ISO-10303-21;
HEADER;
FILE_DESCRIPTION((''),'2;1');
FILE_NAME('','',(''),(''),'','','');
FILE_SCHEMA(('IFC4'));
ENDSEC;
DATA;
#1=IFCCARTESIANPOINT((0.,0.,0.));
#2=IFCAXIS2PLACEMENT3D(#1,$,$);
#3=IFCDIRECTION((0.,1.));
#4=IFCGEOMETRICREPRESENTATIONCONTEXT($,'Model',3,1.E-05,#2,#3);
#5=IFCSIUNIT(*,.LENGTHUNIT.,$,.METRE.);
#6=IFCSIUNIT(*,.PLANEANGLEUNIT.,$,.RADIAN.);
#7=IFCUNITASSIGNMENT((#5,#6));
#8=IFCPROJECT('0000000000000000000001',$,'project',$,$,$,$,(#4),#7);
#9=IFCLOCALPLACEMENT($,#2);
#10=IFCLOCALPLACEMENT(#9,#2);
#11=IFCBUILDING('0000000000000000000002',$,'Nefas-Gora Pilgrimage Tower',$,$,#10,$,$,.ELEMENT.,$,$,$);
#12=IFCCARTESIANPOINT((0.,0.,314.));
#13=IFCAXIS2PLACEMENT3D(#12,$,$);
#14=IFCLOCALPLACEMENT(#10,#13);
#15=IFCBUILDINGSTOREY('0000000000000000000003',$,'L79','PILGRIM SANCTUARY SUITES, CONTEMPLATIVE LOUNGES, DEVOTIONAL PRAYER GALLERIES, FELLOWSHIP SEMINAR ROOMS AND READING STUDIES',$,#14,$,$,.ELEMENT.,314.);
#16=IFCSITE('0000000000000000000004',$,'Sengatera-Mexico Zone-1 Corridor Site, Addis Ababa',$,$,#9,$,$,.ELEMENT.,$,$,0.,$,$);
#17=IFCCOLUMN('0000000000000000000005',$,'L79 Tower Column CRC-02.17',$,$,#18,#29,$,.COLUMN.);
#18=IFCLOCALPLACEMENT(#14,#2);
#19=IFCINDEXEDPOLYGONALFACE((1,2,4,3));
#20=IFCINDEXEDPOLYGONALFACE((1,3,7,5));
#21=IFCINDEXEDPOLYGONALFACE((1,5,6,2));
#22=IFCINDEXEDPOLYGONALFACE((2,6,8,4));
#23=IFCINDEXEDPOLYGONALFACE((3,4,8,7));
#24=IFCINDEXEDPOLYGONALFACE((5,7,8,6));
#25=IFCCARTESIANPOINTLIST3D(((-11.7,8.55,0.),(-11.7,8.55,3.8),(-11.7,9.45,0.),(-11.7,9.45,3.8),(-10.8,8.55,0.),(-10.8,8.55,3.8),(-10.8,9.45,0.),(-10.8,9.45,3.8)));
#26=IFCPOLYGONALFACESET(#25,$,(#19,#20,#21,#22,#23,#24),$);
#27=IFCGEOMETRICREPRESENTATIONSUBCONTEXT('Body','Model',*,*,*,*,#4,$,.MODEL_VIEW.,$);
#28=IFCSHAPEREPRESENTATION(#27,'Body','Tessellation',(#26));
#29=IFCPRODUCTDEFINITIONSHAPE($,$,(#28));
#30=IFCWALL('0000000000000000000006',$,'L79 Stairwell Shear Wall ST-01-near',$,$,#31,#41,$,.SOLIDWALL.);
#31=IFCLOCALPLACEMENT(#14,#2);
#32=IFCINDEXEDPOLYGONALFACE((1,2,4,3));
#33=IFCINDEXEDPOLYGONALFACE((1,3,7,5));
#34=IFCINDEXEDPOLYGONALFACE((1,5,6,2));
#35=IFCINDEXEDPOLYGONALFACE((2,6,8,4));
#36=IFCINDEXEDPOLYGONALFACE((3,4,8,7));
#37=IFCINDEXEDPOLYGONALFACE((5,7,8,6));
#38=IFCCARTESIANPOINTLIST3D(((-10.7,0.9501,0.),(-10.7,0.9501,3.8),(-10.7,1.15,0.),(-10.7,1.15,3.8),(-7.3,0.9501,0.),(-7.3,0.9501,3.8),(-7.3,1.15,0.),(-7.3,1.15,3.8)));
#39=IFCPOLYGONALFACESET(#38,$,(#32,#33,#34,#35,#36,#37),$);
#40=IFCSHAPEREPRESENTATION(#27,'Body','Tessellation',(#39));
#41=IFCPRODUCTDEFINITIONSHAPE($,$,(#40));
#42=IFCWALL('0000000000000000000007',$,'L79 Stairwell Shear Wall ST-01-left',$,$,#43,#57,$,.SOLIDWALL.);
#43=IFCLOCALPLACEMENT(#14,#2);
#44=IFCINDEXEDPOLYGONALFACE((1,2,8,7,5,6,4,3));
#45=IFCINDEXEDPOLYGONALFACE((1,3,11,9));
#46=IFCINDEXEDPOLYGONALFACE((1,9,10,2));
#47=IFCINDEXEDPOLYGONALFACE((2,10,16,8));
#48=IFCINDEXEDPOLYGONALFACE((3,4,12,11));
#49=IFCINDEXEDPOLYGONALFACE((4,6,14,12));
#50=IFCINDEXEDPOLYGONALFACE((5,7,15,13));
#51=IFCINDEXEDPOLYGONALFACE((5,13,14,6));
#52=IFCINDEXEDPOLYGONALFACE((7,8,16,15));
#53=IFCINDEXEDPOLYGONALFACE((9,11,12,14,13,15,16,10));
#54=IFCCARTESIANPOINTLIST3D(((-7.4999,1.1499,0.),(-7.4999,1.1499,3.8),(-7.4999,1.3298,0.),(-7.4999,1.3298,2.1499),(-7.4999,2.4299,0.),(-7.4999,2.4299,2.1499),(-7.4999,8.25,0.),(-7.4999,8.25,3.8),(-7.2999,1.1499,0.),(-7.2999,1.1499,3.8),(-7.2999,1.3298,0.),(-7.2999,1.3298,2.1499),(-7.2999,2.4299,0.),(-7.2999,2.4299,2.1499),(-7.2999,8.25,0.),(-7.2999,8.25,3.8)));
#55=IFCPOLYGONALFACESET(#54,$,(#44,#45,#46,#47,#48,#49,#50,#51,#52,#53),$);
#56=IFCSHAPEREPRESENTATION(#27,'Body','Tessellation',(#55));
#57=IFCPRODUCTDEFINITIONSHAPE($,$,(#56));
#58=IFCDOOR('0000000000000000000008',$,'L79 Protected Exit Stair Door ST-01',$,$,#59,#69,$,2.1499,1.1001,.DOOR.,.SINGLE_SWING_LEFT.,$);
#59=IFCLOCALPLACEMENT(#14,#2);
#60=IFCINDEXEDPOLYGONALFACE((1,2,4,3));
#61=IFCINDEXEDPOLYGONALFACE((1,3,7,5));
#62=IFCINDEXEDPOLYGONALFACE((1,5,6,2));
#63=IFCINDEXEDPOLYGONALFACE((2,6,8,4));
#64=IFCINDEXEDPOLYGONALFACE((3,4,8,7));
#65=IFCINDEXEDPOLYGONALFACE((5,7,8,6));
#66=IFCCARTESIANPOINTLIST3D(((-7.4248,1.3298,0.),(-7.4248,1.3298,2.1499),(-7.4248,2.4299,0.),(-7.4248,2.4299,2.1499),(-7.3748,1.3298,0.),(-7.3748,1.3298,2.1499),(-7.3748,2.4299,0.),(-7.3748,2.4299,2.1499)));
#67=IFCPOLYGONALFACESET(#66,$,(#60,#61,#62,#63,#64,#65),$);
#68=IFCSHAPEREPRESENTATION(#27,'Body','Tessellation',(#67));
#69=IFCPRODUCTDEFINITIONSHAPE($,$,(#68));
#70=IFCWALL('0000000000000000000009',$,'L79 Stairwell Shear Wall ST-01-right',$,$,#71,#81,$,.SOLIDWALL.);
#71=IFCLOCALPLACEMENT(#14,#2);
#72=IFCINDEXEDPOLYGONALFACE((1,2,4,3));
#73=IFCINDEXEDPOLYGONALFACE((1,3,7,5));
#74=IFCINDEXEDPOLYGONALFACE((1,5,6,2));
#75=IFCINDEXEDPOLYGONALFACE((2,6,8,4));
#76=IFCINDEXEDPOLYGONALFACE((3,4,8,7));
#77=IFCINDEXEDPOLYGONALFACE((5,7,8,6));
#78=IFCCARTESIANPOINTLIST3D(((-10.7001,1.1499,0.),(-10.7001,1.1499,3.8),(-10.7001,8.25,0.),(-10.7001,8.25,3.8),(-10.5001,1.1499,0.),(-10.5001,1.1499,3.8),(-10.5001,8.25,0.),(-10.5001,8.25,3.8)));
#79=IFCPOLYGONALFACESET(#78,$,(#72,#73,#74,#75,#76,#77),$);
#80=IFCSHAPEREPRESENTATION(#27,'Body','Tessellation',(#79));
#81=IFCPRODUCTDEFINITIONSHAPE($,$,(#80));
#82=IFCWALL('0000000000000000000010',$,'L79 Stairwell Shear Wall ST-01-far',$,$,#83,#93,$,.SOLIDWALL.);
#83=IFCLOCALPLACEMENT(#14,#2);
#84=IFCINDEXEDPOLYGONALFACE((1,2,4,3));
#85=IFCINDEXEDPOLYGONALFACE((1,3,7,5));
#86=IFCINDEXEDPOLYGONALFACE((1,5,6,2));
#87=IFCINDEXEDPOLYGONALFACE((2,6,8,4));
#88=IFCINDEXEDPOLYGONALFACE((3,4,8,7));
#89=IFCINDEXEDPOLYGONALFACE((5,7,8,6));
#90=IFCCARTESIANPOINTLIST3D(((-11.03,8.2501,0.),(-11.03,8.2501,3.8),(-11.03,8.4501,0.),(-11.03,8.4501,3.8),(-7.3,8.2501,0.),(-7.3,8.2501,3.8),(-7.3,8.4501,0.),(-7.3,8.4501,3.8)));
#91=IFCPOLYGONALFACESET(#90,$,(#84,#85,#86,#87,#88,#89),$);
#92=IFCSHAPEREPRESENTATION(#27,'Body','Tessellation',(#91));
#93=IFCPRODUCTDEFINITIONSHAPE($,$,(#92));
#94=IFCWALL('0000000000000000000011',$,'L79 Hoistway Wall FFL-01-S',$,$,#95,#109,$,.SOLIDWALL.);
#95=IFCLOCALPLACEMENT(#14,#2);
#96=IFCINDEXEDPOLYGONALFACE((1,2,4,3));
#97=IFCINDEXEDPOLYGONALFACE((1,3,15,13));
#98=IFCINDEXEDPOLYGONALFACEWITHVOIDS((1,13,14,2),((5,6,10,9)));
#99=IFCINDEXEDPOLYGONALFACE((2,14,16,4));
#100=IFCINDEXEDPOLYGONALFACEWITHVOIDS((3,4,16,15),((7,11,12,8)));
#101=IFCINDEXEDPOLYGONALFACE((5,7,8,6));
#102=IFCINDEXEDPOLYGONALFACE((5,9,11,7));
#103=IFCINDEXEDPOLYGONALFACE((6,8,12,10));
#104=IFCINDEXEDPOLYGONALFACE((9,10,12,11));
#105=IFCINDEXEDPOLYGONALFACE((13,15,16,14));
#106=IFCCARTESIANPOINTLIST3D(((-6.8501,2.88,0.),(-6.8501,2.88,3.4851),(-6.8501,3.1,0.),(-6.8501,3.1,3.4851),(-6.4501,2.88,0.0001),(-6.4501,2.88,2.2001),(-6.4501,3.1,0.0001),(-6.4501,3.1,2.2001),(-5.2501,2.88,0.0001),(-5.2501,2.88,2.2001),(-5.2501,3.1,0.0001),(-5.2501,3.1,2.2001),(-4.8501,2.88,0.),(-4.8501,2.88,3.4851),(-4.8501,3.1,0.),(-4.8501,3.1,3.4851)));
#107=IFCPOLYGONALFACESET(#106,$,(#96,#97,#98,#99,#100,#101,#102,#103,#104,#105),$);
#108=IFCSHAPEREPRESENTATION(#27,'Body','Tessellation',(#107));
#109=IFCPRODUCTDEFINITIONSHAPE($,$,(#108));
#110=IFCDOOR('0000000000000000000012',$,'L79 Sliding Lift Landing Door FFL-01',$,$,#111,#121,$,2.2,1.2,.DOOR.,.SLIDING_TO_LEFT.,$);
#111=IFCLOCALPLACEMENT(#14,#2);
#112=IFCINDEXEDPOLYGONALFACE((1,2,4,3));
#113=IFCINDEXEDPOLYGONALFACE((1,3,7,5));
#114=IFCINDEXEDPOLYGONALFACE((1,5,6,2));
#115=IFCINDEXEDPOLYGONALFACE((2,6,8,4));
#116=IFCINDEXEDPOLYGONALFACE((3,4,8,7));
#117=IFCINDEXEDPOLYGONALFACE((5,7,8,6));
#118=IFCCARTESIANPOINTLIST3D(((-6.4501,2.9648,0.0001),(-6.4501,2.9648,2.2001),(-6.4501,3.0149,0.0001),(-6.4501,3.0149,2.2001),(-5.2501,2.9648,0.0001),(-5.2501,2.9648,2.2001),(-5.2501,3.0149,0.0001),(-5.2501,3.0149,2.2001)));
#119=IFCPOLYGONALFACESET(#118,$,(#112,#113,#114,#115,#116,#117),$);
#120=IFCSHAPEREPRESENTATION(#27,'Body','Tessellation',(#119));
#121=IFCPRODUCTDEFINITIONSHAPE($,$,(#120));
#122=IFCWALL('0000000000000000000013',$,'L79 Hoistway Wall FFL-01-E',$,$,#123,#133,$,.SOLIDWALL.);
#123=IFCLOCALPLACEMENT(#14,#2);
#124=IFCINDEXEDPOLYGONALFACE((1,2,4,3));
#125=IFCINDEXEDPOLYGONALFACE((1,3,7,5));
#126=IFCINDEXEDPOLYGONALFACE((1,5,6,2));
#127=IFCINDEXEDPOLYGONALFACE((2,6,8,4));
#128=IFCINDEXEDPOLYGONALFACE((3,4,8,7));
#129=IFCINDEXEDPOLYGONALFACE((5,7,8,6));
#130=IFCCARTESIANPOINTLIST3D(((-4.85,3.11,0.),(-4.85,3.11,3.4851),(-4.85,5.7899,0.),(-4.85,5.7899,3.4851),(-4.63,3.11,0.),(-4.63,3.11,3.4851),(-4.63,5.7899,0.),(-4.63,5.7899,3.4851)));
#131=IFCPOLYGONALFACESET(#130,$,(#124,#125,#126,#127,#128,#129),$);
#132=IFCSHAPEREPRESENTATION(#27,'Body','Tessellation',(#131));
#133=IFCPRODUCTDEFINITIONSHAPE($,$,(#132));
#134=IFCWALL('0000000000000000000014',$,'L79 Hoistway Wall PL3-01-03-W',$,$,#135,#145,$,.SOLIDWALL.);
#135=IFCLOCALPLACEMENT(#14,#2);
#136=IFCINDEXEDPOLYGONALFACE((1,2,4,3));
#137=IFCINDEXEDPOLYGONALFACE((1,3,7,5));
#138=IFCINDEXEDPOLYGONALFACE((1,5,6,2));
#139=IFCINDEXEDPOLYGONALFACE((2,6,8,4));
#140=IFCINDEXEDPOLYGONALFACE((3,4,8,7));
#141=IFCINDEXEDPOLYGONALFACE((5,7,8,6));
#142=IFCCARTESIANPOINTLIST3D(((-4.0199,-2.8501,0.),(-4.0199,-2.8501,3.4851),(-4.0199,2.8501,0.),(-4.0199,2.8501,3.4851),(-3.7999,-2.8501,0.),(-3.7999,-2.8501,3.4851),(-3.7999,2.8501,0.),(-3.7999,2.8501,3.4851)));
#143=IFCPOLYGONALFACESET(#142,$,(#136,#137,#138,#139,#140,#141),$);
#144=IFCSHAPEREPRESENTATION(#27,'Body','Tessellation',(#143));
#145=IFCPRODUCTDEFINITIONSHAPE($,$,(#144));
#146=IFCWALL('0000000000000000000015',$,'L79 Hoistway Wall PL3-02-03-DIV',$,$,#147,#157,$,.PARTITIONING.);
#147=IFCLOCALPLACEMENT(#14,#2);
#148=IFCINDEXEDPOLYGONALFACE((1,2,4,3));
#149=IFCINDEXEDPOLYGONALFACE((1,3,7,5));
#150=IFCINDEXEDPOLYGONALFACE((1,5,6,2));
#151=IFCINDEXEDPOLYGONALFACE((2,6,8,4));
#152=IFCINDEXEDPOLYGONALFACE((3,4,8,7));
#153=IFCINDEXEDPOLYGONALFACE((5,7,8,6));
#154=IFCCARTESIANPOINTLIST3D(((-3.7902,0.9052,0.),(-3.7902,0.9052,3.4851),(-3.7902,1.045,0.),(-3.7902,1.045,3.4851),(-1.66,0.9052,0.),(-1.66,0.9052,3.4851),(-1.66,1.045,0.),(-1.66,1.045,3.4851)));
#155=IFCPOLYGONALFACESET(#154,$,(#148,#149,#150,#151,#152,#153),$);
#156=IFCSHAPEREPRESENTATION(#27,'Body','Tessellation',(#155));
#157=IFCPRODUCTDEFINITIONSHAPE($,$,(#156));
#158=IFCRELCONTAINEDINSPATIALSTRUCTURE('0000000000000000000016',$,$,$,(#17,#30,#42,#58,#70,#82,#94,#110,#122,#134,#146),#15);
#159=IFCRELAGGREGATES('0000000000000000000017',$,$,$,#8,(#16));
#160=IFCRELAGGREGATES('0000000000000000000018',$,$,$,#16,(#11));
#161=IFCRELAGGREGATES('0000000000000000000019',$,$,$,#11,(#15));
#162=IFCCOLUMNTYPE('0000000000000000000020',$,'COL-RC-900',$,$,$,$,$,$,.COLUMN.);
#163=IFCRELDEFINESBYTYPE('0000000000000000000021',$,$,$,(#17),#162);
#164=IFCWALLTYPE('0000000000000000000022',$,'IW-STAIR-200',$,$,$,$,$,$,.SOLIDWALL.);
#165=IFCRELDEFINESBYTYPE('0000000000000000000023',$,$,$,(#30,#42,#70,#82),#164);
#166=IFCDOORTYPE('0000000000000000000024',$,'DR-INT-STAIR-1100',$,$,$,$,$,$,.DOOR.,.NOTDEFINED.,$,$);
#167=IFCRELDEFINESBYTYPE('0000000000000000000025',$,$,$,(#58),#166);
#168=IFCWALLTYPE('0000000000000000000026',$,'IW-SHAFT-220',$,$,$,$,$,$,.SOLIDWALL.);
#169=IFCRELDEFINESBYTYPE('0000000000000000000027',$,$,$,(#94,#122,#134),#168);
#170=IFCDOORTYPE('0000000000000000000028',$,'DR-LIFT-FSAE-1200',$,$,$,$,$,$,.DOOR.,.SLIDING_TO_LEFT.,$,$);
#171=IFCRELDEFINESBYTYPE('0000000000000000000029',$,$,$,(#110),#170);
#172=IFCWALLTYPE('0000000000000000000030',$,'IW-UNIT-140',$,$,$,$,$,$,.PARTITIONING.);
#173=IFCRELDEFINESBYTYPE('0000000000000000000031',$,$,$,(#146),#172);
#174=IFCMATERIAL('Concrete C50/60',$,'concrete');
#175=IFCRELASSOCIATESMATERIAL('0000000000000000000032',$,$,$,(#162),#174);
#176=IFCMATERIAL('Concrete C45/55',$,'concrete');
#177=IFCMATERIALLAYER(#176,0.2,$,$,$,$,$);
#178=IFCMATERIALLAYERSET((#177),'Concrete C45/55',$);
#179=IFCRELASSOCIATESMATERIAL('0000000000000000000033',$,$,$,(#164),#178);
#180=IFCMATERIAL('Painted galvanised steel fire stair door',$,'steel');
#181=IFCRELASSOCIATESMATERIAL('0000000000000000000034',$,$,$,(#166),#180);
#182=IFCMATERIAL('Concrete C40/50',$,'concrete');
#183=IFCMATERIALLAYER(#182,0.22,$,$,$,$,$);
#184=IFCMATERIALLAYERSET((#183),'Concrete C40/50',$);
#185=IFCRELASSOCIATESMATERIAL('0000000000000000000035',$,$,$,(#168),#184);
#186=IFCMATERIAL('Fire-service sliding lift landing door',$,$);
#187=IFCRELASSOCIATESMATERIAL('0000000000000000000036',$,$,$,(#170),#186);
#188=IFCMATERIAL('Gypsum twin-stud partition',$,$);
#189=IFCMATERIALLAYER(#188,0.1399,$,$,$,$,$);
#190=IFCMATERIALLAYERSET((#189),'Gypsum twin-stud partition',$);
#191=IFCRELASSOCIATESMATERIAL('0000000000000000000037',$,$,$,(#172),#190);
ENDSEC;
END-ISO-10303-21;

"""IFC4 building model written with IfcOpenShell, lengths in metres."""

from ifc_helpers import new_model, si_unit, direction, frame, frame_2d, origin, origin_2d, place, context, subcontext, project, spatial, rectangle, extrude, source, transform, mapped, material, layer, layer_set, material_profile, profile_set, type_object, element, fill, save


model = new_model("IFC4")

# Units and contexts
model_context = context("Model", 3, precision=1e-05, world=origin(), true_north=direction((0.0, 1.0)))
body_context = subcontext(model_context, "Body", "Model", "MODEL_VIEW")
ifc_project = project(units=[si_unit("LENGTHUNIT", "METRE"), si_unit("PLANEANGLEUNIT", "RADIAN")], contexts=[model_context])

# Site, building, storey
site_placement = place(None, origin())
site = spatial("IfcSite", under=ifc_project, at=site_placement, Name="Sengatera-Mexico Zone-1 Corridor Site, Addis Ababa", CompositionType="ELEMENT", RefElevation=0.0)
building_placement = place(site_placement, origin())
building = spatial("IfcBuilding", under=site, at=building_placement, Name="Nefas-Gora Pilgrimage Tower", CompositionType="ELEMENT")
storey_placement = place(building_placement, frame((0.0, 0.0, 314.0)))
storey = spatial("IfcBuildingStorey", under=building, at=storey_placement, Name="L79", Description="PILGRIM SANCTUARY SUITES, CONTEMPLATIVE LOUNGES, DEVOTIONAL PRAYER GALLERIES, FELLOWSHIP SEMINAR ROOMS AND READING STUDIES", CompositionType="ELEMENT", Elevation=314.0)

# Column
ifc_material_1 = material(Name="Concrete C50/60", Category="concrete")
ifc_material_profile = material_profile(ifc_material_1, rectangle(XDim=0.8999, YDim=0.8999, at=origin_2d()), Name="RC 900x900")
ifc_profile_set = profile_set([ifc_material_profile], Name="Concrete C50/60")
column_type = type_object("IfcColumnType", Name="COL-RC-900", PredefinedType="COLUMN", material=ifc_profile_set)
shared_shape_1 = source(origin(), body_context, "Body", "SweptSolid", [
    extrude(rectangle(XDim=0.8999, YDim=0.8999, at=origin_2d()), origin(), (0.0, 0.0, 1.0), 3.8),
])
column_placement = place(storey_placement, frame((-11.25, 9.0, 0.0), z_axis=(0.0, 0.0, 1.0), x_axis=(1.0, 0.0, 0.0)))
element("IfcColumn", 1, at=column_placement, inside=storey, type_object=column_type, Name="L79 Tower Column CRC-02.17", PredefinedType="COLUMN", context=body_context, shape_type="MappedRepresentation", body=[
    mapped(shared_shape_1, transform((0.0, 0.0, 0.0), x_axis=(1.0, 0.0, 0.0), y_axis=(0.0, 1.0, 0.0), z_axis=(0.0, 0.0, 1.0), scale=1.0)),
])

# Wall
ifc_material_2 = material(Name="Concrete C45/55", Category="concrete")
ifc_layer_1 = layer(ifc_material_2, 0.2)
ifc_layer_set_1 = layer_set([ifc_layer_1], Name="Concrete C45/55")
wall_type_1 = type_object("IfcWallType", Name="IW-STAIR-200", PredefinedType="SOLIDWALL", material=ifc_layer_set_1)
shared_shape_2 = source(origin(), body_context, "Body", "SweptSolid", [
    extrude(rectangle(XDim=3.3999, YDim=0.2, at=frame_2d((1.7, 0.0))), origin(), (0.0, 0.0, 1.0), 3.8),
])
wall_1_placement = place(storey_placement, frame((-7.3, 1.05, 0.0), z_axis=(0.0, 0.0, 1.0), x_axis=(-1.0, 0.0, 0.0)))
element("IfcWall", 2, at=wall_1_placement, inside=storey, type_object=wall_type_1, Name="L79 Stairwell Shear Wall ST-01-near", PredefinedType="SOLIDWALL", context=body_context, shape_type="MappedRepresentation", body=[
    mapped(shared_shape_2, transform((0.0, 0.0, 0.0), x_axis=(1.0, 0.0, 0.0), y_axis=(0.0, 1.0, 0.0), z_axis=(0.0, 0.0, 1.0), scale=1.0)),
])

# Wall, opening, door
shared_shape_3 = source(origin(), body_context, "Body", "SweptSolid", [
    extrude(rectangle(XDim=7.1001, YDim=0.2, at=frame_2d((3.55, 0.0))), origin(), (0.0, 0.0, 1.0), 3.8),
])
wall_2_placement = place(storey_placement, frame((-7.3999, 1.1499, 0.0), z_axis=(0.0, 0.0, 1.0), x_axis=(0.0, 1.0, 0.0)))
wall_2 = element("IfcWall", 3, at=wall_2_placement, inside=storey, type_object=wall_type_1, Name="L79 Stairwell Shear Wall ST-01-left", PredefinedType="SOLIDWALL", context=body_context, shape_type="MappedRepresentation", body=[
    mapped(shared_shape_3, transform((0.0, 0.0, 0.0), x_axis=(1.0, 0.0, 0.0), y_axis=(0.0, 1.0, 0.0), z_axis=(0.0, 0.0, 1.0), scale=1.0)),
])
opening_1_placement = place(wall_2_placement, frame((0.1799, 0.0, 0.0)))
opening_1 = element("IfcOpeningElement", 4, at=opening_1_placement, cuts=wall_2, PredefinedType="OPENING", context=body_context, shape_type="SweptSolid", body=[
    extrude(rectangle(XDim=1.1001, YDim=2.1499, at=frame_2d((0.55, 1.075))), frame((0.0, 0.1099, 0.0), z_axis=(0.0, -1.0, 0.0), x_axis=(1.0, 0.0, 0.0)), (0.0, 0.0, 1.0), 0.22),
])
ifc_material_3 = material(Name="Painted galvanised steel fire stair door", Category="steel")
door_type_1 = type_object("IfcDoorType", Name="DR-INT-STAIR-1100", OperationType="NOTDEFINED", PredefinedType="DOOR", material=ifc_material_3)
shared_shape_4 = source(origin(), body_context, "Body", "SweptSolid", [
    extrude(rectangle(XDim=1.1001, YDim=2.1499, at=frame_2d((0.55, 1.075))), frame((0.0, 0.0249, 0.0), z_axis=(0.0, -1.0, 0.0), x_axis=(1.0, 0.0, 0.0)), (0.0, 0.0, 1.0), 0.05),
])
door_1_placement = place(opening_1_placement, origin())
door_1 = element("IfcDoor", 5, at=door_1_placement, inside=storey, type_object=door_type_1, Name="L79 Protected Exit Stair Door ST-01", OperationType="SINGLE_SWING_LEFT", OverallHeight=2.1499, OverallWidth=1.1001, PredefinedType="DOOR", context=body_context, shape_type="MappedRepresentation", body=[
    mapped(shared_shape_4, transform((0.0, 0.0, 0.0), x_axis=(1.0, 0.0, 0.0), y_axis=(0.0, 1.0, 0.0), z_axis=(0.0, 0.0, 1.0), scale=1.0)),
])
fill(opening_1, door_1)

# Walls
wall_3_placement = place(storey_placement, frame((-10.6001, 1.1499, 0.0), z_axis=(0.0, 0.0, 1.0), x_axis=(0.0, 1.0, 0.0)))
element("IfcWall", 6, at=wall_3_placement, inside=storey, type_object=wall_type_1, Name="L79 Stairwell Shear Wall ST-01-right", PredefinedType="SOLIDWALL", context=body_context, shape_type="MappedRepresentation", body=[
    mapped(shared_shape_3, transform((0.0, 0.0, 0.0), x_axis=(1.0, 0.0, 0.0), y_axis=(0.0, 1.0, 0.0), z_axis=(0.0, 0.0, 1.0), scale=1.0)),
])
shared_shape_5 = source(origin(), body_context, "Body", "SweptSolid", [
    extrude(rectangle(XDim=3.73, YDim=0.2, at=frame_2d((1.865, 0.0))), origin(), (0.0, 0.0, 1.0), 3.8),
])
wall_4_placement = place(storey_placement, frame((-7.3, 8.3501, 0.0), z_axis=(0.0, 0.0, 1.0), x_axis=(-1.0, 0.0, 0.0)))
element("IfcWall", 7, at=wall_4_placement, inside=storey, type_object=wall_type_1, Name="L79 Stairwell Shear Wall ST-01-far", PredefinedType="SOLIDWALL", context=body_context, shape_type="MappedRepresentation", body=[
    mapped(shared_shape_5, transform((0.0, 0.0, 0.0), x_axis=(1.0, 0.0, 0.0), y_axis=(0.0, 1.0, 0.0), z_axis=(0.0, 0.0, 1.0), scale=1.0)),
])

# Wall, opening, door
ifc_material_4 = material(Name="Concrete C40/50", Category="concrete")
ifc_layer_2 = layer(ifc_material_4, 0.22)
ifc_layer_set_2 = layer_set([ifc_layer_2], Name="Concrete C40/50")
wall_type_2 = type_object("IfcWallType", Name="IW-SHAFT-220", PredefinedType="SOLIDWALL", material=ifc_layer_set_2)
shared_shape_6 = source(origin(), body_context, "Body", "SweptSolid", [
    extrude(rectangle(XDim=2.0, YDim=0.22, at=frame_2d((1.0, 0.0))), origin(), (0.0, 0.0, 1.0), 3.4851),
])
wall_5_placement = place(storey_placement, frame((-6.8501, 2.99, 0.0), z_axis=(0.0, 0.0, 1.0), x_axis=(1.0, 0.0, 0.0)))
wall_5 = element("IfcWall", 8, at=wall_5_placement, inside=storey, type_object=wall_type_2, Name="L79 Hoistway Wall FFL-01-S", PredefinedType="SOLIDWALL", context=body_context, shape_type="MappedRepresentation", body=[
    mapped(shared_shape_6, transform((0.0, 0.0, 0.0), x_axis=(1.0, 0.0, 0.0), y_axis=(0.0, 1.0, 0.0), z_axis=(0.0, 0.0, 1.0), scale=1.0)),
])
opening_2_placement = place(wall_5_placement, frame((0.3999, 0.0, 0.0)))
opening_2 = element("IfcOpeningElement", 9, at=opening_2_placement, cuts=wall_5, PredefinedType="OPENING", context=body_context, shape_type="SweptSolid", body=[
    extrude(rectangle(XDim=1.2, YDim=2.2, at=frame_2d((0.6001, 1.1001))), frame((0.0, 0.1199, 0.0), z_axis=(0.0, -1.0, 0.0), x_axis=(1.0, 0.0, 0.0)), (0.0, 0.0, 1.0), 0.24),
])
ifc_material_5 = material(Name="Fire-service sliding lift landing door")
door_type_2 = type_object("IfcDoorType", Name="DR-LIFT-FSAE-1200", OperationType="SLIDING_TO_LEFT", PredefinedType="DOOR", material=ifc_material_5)
shared_shape_7 = source(origin(), body_context, "Body", "SweptSolid", [
    extrude(rectangle(XDim=1.2, YDim=2.2, at=frame_2d((0.6001, 1.1001))), frame((0.0, 0.0249, 0.0), z_axis=(0.0, -1.0, 0.0), x_axis=(1.0, 0.0, 0.0)), (0.0, 0.0, 1.0), 0.05),
])
door_2_placement = place(opening_2_placement, origin())
door_2 = element("IfcDoor", 10, at=door_2_placement, inside=storey, type_object=door_type_2, Name="L79 Sliding Lift Landing Door FFL-01", OperationType="SLIDING_TO_LEFT", OverallHeight=2.2, OverallWidth=1.2, PredefinedType="DOOR", context=body_context, shape_type="MappedRepresentation", body=[
    mapped(shared_shape_7, transform((0.0, 0.0, 0.0), x_axis=(1.0, 0.0, 0.0), y_axis=(0.0, 1.0, 0.0), z_axis=(0.0, 0.0, 1.0), scale=1.0)),
])
fill(opening_2, door_2)

# Walls
shared_shape_8 = source(origin(), body_context, "Body", "SweptSolid", [
    extrude(rectangle(XDim=2.6799, YDim=0.22, at=frame_2d((1.3398, 0.0))), origin(), (0.0, 0.0, 1.0), 3.4851),
])
wall_6_placement = place(storey_placement, frame((-4.74, 3.1101, 0.0), z_axis=(0.0, 0.0, 1.0), x_axis=(0.0, 1.0, 0.0)))
element("IfcWall", 11, at=wall_6_placement, inside=storey, type_object=wall_type_2, Name="L79 Hoistway Wall FFL-01-E", PredefinedType="SOLIDWALL", context=body_context, shape_type="MappedRepresentation", body=[
    mapped(shared_shape_8, transform((0.0, 0.0, 0.0), x_axis=(1.0, 0.0, 0.0), y_axis=(0.0, 1.0, 0.0), z_axis=(0.0, 0.0, 1.0), scale=1.0)),
])
shared_shape_9 = source(origin(), body_context, "Body", "SweptSolid", [
    extrude(rectangle(XDim=5.7002, YDim=0.22, at=frame_2d((2.8501, 0.0))), origin(), (0.0, 0.0, 1.0), 3.4851),
])
wall_7_placement = place(storey_placement, frame((-3.9099, 2.8501, 0.0), z_axis=(0.0, 0.0, 1.0), x_axis=(0.0, -1.0, 0.0)))
element("IfcWall", 12, at=wall_7_placement, inside=storey, type_object=wall_type_2, Name="L79 Hoistway Wall PL3-01-03-W", PredefinedType="SOLIDWALL", context=body_context, shape_type="MappedRepresentation", body=[
    mapped(shared_shape_9, transform((0.0, 0.0, 0.0), x_axis=(1.0, 0.0, 0.0), y_axis=(0.0, 1.0, 0.0), z_axis=(0.0, 0.0, 1.0), scale=1.0)),
])
ifc_material_6 = material(Name="Gypsum twin-stud partition")
ifc_layer_3 = layer(ifc_material_6, 0.1399)
ifc_layer_set_3 = layer_set([ifc_layer_3], Name="Gypsum twin-stud partition")
wall_type_3 = type_object("IfcWallType", Name="IW-UNIT-140", PredefinedType="PARTITIONING", material=ifc_layer_set_3)
shared_shape_10 = source(origin(), body_context, "Body", "SweptSolid", [
    extrude(rectangle(XDim=2.1301, YDim=0.1399, at=frame_2d((1.0649, 0.0))), origin(), (0.0, 0.0, 1.0), 3.4851),
])
wall_8_placement = place(storey_placement, frame((-3.79, 0.9751, 0.0), z_axis=(0.0, 0.0, 1.0), x_axis=(1.0, 0.0, 0.0)))
element("IfcWall", 13, at=wall_8_placement, inside=storey, type_object=wall_type_3, Name="L79 Hoistway Wall PL3-02-03-DIV", PredefinedType="PARTITIONING", context=body_context, shape_type="MappedRepresentation", body=[
    mapped(shared_shape_10, transform((0.0, 0.0, 0.0), x_axis=(1.0, 0.0, 0.0), y_axis=(0.0, 1.0, 0.0), z_axis=(0.0, 0.0, 1.0), scale=1.0)),
])

save(model, "model.ifc")
